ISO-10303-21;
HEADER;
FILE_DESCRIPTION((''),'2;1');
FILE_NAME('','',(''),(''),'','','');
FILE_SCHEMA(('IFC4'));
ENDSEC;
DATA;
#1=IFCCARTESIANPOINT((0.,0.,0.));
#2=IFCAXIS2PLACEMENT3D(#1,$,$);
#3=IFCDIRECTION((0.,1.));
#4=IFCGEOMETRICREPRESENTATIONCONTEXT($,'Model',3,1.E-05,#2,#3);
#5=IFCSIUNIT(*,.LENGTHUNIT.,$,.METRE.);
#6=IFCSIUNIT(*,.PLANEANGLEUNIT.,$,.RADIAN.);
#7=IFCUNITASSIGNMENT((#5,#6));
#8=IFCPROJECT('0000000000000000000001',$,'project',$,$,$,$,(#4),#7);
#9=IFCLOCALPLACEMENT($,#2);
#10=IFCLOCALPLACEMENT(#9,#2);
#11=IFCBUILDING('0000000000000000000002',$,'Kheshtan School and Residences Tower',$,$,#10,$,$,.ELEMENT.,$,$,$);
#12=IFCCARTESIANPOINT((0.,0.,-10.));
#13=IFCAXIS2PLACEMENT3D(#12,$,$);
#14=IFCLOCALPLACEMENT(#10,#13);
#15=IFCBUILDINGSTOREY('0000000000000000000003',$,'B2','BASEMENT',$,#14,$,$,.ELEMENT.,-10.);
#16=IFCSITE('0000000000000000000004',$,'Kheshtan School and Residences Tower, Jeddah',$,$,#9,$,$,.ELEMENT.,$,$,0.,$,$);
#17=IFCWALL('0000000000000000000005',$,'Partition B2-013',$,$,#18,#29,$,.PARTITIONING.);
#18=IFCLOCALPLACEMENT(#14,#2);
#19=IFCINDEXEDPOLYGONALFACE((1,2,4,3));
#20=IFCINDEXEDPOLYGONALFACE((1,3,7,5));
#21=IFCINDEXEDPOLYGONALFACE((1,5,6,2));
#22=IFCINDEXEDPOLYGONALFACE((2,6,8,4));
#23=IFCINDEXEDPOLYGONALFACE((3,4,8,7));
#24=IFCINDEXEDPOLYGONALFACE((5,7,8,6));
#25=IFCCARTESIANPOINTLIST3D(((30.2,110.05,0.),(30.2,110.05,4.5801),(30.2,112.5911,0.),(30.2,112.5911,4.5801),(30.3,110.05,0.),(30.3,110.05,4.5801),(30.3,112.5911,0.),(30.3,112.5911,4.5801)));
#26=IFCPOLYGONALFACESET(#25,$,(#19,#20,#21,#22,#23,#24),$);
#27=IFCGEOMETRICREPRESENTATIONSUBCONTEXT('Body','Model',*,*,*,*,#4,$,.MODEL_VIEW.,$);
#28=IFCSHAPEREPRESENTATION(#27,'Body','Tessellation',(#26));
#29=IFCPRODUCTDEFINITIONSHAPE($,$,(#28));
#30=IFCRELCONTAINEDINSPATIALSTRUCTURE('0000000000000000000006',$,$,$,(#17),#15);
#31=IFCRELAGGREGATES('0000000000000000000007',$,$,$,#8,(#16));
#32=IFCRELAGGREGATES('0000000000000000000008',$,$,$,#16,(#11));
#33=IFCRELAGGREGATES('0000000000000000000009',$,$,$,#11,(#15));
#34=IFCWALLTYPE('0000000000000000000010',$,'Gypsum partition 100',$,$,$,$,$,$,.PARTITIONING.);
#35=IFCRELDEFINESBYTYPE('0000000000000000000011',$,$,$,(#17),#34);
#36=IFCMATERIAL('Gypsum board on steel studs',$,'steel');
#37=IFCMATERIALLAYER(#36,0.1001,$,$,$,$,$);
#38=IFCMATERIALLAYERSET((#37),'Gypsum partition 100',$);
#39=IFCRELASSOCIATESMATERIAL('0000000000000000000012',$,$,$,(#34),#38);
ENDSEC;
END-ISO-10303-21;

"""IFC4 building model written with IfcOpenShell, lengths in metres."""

from ifc_helpers import new_model, si_unit, direction, frame, frame_2d, origin, place, context, subcontext, project, spatial, rectangle, extrude, material, layer, layer_set, type_object, element, save


model = new_model("IFC4")

# Units and contexts
model_context = context("Model", 3, precision=1e-05, world=origin(), true_north=direction((0.0, 1.0)))
body_context = subcontext(model_context, "Body", "Model", "MODEL_VIEW")
ifc_project = project(units=[si_unit("LENGTHUNIT", "METRE"), si_unit("PLANEANGLEUNIT", "RADIAN")], contexts=[model_context])

# Site, building, storey
site_placement = place(None, origin())
site = spatial("IfcSite", under=ifc_project, at=site_placement, Name="Kheshtan School and Residences Tower, Jeddah", CompositionType="ELEMENT", RefElevation=0.0)
building_placement = place(site_placement, origin())
building = spatial("IfcBuilding", under=site, at=building_placement, Name="Kheshtan School and Residences Tower", CompositionType="ELEMENT")
storey_placement = place(building_placement, frame((0.0, 0.0, -10.0)))
storey = spatial("IfcBuildingStorey", under=building, at=storey_placement, Name="B2", Description="BASEMENT", CompositionType="ELEMENT", Elevation=-10.0)

# Wall
ifc_material_1 = material(Name="Gypsum board on steel studs", Category="steel")
ifc_layer_1 = layer(ifc_material_1, 0.1001)
ifc_layer_set_1 = layer_set([ifc_layer_1], Name="Gypsum partition 100")
wall_type_1 = type_object("IfcWallType", Name="Gypsum partition 100", PredefinedType="PARTITIONING", material=ifc_layer_set_1)
wall_1_placement = place(storey_placement, frame((30.25, 110.05, 0.0), z_axis=(0.0, 0.0, 1.0), x_axis=(0.0, 1.0, 0.0)))
element("IfcWall", 1, at=wall_1_placement, inside=storey, type_object=wall_type_1, Name="Partition B2-013", PredefinedType="PARTITIONING", context=body_context, shape_type="SweptSolid", body=[
    extrude(rectangle(XDim=2.541, YDim=0.1001, at=frame_2d((1.2705, 0.0))), origin(), (0.0, 0.0, 1.0), 4.5801),
])

save(model, "model.ifc")
